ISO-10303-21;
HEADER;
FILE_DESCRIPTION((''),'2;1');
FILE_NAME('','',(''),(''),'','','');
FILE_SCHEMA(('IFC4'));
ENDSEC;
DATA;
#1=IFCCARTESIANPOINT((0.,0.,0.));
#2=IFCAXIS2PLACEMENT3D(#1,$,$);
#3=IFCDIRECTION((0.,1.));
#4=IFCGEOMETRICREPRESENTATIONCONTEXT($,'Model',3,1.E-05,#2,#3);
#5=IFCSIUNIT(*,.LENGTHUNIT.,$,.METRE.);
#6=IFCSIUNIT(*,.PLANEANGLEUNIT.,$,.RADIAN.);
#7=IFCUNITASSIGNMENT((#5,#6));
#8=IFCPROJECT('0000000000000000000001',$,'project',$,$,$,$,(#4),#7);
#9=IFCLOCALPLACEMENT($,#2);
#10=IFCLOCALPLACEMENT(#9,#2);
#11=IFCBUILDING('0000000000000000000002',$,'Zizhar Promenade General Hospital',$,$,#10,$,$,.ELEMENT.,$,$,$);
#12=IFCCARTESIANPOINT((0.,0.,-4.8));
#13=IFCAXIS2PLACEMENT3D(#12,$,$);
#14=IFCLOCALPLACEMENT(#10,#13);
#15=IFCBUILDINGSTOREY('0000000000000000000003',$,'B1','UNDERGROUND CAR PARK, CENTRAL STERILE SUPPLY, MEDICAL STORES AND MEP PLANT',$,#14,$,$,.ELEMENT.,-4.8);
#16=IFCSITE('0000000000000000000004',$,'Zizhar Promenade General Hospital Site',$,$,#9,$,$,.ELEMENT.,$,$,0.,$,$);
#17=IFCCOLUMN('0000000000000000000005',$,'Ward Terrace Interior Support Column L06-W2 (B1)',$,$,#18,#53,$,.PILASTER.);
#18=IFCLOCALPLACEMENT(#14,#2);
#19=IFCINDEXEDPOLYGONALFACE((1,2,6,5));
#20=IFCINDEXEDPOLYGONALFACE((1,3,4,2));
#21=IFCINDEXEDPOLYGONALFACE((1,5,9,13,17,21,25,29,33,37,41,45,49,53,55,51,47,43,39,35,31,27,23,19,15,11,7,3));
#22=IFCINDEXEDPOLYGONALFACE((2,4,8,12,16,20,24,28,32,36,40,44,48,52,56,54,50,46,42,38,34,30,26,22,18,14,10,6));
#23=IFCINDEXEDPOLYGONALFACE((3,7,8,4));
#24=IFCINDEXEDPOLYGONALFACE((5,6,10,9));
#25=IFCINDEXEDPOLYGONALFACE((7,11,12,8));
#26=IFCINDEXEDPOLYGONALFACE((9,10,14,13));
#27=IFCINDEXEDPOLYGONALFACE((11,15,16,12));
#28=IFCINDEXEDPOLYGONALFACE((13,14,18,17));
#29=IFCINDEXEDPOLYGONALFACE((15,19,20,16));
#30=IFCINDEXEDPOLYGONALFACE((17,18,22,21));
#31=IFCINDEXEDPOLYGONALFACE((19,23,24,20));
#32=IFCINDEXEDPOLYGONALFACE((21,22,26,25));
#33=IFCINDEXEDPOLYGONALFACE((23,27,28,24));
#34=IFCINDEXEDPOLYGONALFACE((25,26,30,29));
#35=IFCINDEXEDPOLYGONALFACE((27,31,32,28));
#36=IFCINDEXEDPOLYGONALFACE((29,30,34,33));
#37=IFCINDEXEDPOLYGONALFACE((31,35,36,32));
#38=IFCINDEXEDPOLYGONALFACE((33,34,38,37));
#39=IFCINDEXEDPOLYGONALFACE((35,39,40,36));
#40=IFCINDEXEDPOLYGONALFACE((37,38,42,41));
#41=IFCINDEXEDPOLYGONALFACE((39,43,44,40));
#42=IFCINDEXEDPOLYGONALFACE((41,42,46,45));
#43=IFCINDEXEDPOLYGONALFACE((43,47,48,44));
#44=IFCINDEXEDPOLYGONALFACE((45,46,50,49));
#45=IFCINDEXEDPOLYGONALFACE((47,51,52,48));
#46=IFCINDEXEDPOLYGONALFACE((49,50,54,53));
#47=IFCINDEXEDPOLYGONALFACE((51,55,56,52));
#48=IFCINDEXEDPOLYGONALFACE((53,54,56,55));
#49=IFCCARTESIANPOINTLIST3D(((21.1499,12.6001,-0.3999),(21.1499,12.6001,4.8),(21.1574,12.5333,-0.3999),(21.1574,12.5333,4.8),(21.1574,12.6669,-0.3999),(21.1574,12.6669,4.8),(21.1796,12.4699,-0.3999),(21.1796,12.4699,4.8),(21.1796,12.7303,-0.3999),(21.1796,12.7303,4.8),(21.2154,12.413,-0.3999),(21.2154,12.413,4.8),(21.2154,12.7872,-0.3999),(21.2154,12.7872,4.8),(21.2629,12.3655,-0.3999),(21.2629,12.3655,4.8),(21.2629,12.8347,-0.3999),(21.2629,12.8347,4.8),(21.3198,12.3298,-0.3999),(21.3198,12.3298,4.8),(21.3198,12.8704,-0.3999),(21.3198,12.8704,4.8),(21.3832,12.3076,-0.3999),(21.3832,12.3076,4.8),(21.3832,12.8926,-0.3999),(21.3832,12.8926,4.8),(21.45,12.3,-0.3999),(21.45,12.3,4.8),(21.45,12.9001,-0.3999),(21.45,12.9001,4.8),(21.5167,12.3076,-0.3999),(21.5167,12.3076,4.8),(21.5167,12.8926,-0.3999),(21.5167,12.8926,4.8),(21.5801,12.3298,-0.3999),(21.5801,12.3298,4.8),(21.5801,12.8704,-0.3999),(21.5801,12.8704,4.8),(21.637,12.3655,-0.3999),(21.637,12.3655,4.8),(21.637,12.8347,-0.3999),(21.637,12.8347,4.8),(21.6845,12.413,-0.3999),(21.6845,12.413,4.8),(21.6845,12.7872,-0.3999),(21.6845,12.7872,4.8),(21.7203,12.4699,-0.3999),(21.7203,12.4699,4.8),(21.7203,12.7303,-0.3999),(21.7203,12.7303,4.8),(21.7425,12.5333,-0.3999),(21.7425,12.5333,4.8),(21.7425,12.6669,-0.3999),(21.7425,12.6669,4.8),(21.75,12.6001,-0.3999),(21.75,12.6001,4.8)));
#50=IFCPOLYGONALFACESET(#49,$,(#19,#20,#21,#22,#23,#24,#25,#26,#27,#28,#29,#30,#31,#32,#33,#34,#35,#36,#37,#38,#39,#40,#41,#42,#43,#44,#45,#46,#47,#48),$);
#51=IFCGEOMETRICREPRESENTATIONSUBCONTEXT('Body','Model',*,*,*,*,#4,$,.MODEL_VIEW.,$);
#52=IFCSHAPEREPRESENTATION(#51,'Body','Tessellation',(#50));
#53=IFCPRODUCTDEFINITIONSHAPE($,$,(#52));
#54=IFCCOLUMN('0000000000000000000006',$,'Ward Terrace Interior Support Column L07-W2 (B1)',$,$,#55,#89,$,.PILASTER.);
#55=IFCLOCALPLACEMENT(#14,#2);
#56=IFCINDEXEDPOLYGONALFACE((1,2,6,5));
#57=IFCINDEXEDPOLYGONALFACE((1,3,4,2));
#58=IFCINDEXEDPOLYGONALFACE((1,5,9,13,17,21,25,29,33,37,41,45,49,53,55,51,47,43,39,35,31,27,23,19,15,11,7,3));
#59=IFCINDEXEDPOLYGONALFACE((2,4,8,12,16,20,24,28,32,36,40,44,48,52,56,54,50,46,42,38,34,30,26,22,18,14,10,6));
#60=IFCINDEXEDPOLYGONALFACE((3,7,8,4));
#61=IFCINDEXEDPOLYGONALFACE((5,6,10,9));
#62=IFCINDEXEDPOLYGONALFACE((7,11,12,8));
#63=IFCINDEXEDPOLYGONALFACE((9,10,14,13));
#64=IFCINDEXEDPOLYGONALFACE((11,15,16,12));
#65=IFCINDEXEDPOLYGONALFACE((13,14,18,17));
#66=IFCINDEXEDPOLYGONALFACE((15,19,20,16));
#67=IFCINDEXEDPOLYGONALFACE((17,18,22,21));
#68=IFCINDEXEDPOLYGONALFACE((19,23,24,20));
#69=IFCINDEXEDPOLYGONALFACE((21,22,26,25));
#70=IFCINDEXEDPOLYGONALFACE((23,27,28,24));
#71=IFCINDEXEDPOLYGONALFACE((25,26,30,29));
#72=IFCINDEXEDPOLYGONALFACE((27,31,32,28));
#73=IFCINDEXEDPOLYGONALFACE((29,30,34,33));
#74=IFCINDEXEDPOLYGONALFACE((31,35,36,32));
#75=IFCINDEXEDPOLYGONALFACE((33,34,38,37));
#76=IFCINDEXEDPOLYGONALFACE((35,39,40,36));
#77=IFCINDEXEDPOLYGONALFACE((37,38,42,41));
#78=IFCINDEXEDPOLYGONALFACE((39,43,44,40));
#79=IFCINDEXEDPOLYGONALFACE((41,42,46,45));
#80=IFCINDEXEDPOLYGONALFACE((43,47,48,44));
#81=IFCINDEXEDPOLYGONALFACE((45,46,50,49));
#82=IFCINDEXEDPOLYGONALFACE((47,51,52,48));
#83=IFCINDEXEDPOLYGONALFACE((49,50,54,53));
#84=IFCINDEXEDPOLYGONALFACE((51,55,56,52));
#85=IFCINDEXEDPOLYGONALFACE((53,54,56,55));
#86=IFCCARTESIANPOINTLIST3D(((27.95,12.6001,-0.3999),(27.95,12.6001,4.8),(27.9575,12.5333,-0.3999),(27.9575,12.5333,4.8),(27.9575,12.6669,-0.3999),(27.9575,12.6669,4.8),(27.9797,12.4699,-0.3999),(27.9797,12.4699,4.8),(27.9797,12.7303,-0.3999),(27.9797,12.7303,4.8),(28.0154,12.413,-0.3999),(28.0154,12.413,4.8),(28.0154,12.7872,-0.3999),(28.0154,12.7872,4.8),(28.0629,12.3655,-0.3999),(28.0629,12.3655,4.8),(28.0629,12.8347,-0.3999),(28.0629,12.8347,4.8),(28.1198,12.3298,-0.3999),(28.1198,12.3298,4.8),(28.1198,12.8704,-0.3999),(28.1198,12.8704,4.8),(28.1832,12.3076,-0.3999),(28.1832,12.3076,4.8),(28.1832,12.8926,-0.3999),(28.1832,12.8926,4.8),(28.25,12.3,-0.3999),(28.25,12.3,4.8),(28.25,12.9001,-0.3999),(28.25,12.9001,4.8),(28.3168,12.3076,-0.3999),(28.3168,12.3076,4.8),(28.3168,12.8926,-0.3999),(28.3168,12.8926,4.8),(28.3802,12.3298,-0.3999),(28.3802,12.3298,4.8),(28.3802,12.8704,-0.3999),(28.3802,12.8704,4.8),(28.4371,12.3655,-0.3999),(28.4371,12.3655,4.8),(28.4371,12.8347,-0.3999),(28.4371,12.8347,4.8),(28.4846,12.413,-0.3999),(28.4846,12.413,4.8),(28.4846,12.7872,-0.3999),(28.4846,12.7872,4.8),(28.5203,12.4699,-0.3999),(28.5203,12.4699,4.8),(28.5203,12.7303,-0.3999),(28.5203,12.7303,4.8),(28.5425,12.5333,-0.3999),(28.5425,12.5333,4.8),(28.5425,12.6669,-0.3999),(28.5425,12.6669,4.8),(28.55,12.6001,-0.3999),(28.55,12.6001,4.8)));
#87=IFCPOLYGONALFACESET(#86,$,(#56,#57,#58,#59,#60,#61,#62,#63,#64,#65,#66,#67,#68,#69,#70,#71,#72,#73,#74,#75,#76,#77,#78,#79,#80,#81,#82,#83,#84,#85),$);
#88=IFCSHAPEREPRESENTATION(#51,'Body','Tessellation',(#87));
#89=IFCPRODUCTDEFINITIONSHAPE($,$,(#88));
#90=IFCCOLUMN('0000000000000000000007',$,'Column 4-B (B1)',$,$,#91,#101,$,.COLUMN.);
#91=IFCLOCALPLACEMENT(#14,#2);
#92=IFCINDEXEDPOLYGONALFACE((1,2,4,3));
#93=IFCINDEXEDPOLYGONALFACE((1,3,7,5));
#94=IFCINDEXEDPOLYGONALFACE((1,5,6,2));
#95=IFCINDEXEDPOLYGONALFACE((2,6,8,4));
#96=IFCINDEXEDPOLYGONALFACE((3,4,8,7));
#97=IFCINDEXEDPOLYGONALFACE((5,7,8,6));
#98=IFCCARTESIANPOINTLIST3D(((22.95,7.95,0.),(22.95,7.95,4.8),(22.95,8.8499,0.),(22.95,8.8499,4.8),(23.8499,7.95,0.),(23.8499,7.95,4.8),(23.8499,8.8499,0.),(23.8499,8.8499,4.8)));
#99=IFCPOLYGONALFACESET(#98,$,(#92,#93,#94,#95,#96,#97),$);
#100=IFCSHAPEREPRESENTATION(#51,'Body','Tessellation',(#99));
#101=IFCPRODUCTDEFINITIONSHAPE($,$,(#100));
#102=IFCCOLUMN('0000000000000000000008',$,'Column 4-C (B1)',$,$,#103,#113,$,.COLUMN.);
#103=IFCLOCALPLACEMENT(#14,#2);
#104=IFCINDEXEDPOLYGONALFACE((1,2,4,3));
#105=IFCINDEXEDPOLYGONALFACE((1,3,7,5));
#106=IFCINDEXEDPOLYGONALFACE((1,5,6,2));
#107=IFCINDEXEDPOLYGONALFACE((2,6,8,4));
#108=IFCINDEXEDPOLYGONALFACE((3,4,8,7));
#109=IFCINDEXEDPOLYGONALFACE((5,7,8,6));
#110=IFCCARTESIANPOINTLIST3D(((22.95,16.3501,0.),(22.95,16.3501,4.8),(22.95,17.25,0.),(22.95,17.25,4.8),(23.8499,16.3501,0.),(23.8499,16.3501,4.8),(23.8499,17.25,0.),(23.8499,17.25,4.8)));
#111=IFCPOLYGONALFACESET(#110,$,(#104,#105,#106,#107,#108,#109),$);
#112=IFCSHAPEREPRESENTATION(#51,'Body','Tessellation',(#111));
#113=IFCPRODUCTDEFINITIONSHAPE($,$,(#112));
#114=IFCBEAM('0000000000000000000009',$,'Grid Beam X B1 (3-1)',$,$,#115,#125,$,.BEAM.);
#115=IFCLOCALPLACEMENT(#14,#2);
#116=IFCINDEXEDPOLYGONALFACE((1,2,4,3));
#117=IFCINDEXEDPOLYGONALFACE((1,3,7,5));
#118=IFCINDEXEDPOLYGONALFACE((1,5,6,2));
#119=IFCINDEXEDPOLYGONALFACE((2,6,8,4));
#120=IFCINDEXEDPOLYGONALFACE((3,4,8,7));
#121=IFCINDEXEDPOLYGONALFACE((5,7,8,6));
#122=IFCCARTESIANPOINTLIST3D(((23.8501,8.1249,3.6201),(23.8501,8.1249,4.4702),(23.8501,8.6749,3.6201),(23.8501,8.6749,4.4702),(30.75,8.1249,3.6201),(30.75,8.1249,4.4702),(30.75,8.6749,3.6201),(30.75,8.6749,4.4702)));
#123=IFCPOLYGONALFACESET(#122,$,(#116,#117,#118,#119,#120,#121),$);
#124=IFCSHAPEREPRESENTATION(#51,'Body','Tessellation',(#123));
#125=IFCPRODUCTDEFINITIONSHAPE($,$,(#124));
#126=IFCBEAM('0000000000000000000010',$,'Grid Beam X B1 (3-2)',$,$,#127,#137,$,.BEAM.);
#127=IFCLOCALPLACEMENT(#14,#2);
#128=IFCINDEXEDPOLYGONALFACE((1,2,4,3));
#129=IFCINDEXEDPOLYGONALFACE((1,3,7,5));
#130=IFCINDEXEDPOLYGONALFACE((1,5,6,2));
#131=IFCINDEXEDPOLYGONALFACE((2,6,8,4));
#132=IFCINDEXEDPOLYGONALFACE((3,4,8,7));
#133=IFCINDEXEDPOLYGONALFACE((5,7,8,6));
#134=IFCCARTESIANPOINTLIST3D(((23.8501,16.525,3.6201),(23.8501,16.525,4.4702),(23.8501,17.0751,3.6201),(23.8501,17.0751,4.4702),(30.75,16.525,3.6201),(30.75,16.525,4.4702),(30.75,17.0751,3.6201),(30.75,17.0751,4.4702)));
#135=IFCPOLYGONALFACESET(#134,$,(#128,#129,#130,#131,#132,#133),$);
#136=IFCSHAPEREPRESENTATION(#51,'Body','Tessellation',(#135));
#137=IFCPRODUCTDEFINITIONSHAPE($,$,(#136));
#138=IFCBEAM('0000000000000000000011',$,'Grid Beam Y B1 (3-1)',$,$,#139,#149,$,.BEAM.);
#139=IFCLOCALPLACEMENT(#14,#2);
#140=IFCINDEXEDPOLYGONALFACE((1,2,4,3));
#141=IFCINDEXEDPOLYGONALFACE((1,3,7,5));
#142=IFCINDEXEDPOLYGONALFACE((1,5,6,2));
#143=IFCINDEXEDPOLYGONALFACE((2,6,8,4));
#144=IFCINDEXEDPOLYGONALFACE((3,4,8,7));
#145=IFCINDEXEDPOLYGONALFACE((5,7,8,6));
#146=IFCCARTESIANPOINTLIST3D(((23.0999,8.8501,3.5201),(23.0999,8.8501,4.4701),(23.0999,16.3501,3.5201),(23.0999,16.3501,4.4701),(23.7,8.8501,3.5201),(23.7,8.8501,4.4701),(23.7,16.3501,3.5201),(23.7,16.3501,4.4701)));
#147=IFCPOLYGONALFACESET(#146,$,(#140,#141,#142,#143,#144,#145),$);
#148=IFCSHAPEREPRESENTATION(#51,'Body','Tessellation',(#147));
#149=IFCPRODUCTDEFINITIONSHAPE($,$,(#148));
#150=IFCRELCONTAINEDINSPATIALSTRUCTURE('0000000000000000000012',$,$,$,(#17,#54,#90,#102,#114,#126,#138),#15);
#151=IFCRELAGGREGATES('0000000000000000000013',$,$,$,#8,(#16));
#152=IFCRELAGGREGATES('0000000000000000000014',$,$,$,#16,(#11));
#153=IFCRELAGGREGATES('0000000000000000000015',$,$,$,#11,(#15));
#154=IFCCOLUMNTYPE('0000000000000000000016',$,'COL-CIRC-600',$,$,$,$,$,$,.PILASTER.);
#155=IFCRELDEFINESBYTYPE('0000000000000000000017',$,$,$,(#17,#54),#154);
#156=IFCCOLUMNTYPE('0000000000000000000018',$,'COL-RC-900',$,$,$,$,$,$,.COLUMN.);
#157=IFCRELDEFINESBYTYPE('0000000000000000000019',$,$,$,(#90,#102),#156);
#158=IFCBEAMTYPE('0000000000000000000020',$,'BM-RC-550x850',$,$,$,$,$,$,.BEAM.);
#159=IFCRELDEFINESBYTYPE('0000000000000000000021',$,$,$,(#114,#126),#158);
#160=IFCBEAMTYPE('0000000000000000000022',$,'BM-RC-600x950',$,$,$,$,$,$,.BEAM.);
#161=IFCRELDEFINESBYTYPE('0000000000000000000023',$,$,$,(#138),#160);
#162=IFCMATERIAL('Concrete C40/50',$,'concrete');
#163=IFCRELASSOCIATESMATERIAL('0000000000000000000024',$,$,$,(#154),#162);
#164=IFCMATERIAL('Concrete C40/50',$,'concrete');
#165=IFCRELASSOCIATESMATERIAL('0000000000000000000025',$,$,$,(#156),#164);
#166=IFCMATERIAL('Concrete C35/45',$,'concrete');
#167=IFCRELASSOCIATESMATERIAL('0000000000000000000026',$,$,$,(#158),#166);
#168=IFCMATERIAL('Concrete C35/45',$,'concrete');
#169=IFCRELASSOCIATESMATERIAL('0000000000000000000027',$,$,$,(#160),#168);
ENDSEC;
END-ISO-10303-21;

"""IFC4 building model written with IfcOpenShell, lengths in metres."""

from ifc_helpers import new_model, si_unit, direction, frame, origin, origin_2d, place, context, subcontext, project, spatial, rectangle, circle, extrude, material, material_profile, profile_set, type_object, element, save


model = new_model("IFC4")

# Units and contexts
model_context = context("Model", 3, precision=1e-05, world=origin(), true_north=direction((0.0, 1.0)))
body_context = subcontext(model_context, "Body", "Model", "MODEL_VIEW")
ifc_project = project(units=[si_unit("LENGTHUNIT", "METRE"), si_unit("PLANEANGLEUNIT", "RADIAN")], contexts=[model_context])

# Site, building, storey
site_placement = place(None, origin())
site = spatial("IfcSite", under=ifc_project, at=site_placement, Name="Zizhar Promenade General Hospital Site", CompositionType="ELEMENT", RefElevation=0.0)
building_placement = place(site_placement, origin())
building = spatial("IfcBuilding", under=site, at=building_placement, Name="Zizhar Promenade General Hospital", CompositionType="ELEMENT")
storey_placement = place(building_placement, frame((0.0, 0.0, -4.8)))
storey = spatial("IfcBuildingStorey", under=building, at=storey_placement, Name="B1", Description="UNDERGROUND CAR PARK, CENTRAL STERILE SUPPLY, MEDICAL STORES AND MEP PLANT", CompositionType="ELEMENT", Elevation=-4.8)

# Columns
ifc_material_1 = material(Name="Concrete C40/50", Category="concrete")
ifc_material_profile_1 = material_profile(ifc_material_1, circle(Radius=0.3, at=origin_2d()))
ifc_profile_set_1 = profile_set([ifc_material_profile_1], Name="Concrete C40/50")
column_type_1 = type_object("IfcColumnType", Name="COL-CIRC-600", PredefinedType="PILASTER", material=ifc_profile_set_1)
for number, where, z_axis, x_axis, name in (
    (1, (21.45, 12.6001, -0.3999), (0.0, 0.0, 1.0), (1.0, 0.0, 0.0), "Ward Terrace Interior Support Column L06-W2 (B1)"),
    (2, (28.25, 12.6001, -0.3999), (0.0, 0.0, 1.0), (1.0, 0.0, 0.0), "Ward Terrace Interior Support Column L07-W2 (B1)"),
):
    element("IfcColumn", number, at=place(storey_placement, frame(where, z_axis=z_axis, x_axis=x_axis)), inside=storey, type_object=column_type_1, Name=name, PredefinedType="PILASTER", context=body_context, shape_type="SweptSolid", body=[
        extrude(circle(Radius=0.3, at=origin_2d()), origin(), (0.0, 0.0, 1.0), 5.2),
    ])
ifc_material_2 = material(Name="Concrete C40/50", Category="concrete")
ifc_material_profile_2 = material_profile(ifc_material_2, rectangle(XDim=0.8999, YDim=0.8999, at=origin_2d()))
ifc_profile_set_2 = profile_set([ifc_material_profile_2], Name="Concrete C40/50")
column_type_2 = type_object("IfcColumnType", Name="COL-RC-900", PredefinedType="COLUMN", material=ifc_profile_set_2)
for number, where, z_axis, x_axis, name in (
    (3, (23.3999, 8.3999, 0.0), (0.0, 0.0, 1.0), (1.0, 0.0, 0.0), "Column 4-B (B1)"),
    (4, (23.3999, 16.8, 0.0), (0.0, 0.0, 1.0), (1.0, 0.0, 0.0), "Column 4-C (B1)"),
):
    element("IfcColumn", number, at=place(storey_placement, frame(where, z_axis=z_axis, x_axis=x_axis)), inside=storey, type_object=column_type_2, Name=name, PredefinedType="COLUMN", context=body_context, shape_type="SweptSolid", body=[
        extrude(rectangle(XDim=0.8999, YDim=0.8999, at=origin_2d()), origin(), (0.0, 0.0, 1.0), 4.8),
    ])

# Beams
ifc_material_3 = material(Name="Concrete C35/45", Category="concrete")
ifc_material_profile_3 = material_profile(ifc_material_3, rectangle(XDim=0.55, YDim=0.8501, at=origin_2d()))
ifc_profile_set_3 = profile_set([ifc_material_profile_3], Name="Concrete C35/45")
beam_type_1 = type_object("IfcBeamType", Name="BM-RC-550x850", PredefinedType="BEAM", material=ifc_profile_set_3)
for number, where, z_axis, x_axis, name in (
    (5, (23.8501, 8.3999, 4.0452), (1.0, 0.0, 0.0), (0.0, 1.0, 0.0), "Grid Beam X B1 (3-1)"),
    (6, (23.8501, 16.8, 4.0452), (1.0, 0.0, 0.0), (0.0, 1.0, 0.0), "Grid Beam X B1 (3-2)"),
):
    element("IfcBeam", number, at=place(storey_placement, frame(where, z_axis=z_axis, x_axis=x_axis)), inside=storey, type_object=beam_type_1, Name=name, PredefinedType="BEAM", context=body_context, shape_type="SweptSolid", body=[
        extrude(rectangle(XDim=0.55, YDim=0.8501, at=origin_2d()), origin(), (0.0, 0.0, 1.0), 6.8999),
    ])
ifc_material_4 = material(Name="Concrete C35/45", Category="concrete")
ifc_material_profile_4 = material_profile(ifc_material_4, rectangle(XDim=0.6001, YDim=0.95, at=origin_2d()))
ifc_profile_set_4 = profile_set([ifc_material_profile_4], Name="Concrete C35/45")
beam_type_2 = type_object("IfcBeamType", Name="BM-RC-600x950", PredefinedType="BEAM", material=ifc_profile_set_4)
beam_placement = place(storey_placement, frame((23.3999, 8.8501, 3.9951), z_axis=(0.0, 1.0, 0.0), x_axis=(-1.0, 0.0, 0.0)))
element("IfcBeam", 7, at=beam_placement, inside=storey, type_object=beam_type_2, Name="Grid Beam Y B1 (3-1)", PredefinedType="BEAM", context=body_context, shape_type="SweptSolid", body=[
    extrude(rectangle(XDim=0.6001, YDim=0.95, at=origin_2d()), origin(), (0.0, 0.0, 1.0), 7.5),
])

save(model, "model.ifc")
